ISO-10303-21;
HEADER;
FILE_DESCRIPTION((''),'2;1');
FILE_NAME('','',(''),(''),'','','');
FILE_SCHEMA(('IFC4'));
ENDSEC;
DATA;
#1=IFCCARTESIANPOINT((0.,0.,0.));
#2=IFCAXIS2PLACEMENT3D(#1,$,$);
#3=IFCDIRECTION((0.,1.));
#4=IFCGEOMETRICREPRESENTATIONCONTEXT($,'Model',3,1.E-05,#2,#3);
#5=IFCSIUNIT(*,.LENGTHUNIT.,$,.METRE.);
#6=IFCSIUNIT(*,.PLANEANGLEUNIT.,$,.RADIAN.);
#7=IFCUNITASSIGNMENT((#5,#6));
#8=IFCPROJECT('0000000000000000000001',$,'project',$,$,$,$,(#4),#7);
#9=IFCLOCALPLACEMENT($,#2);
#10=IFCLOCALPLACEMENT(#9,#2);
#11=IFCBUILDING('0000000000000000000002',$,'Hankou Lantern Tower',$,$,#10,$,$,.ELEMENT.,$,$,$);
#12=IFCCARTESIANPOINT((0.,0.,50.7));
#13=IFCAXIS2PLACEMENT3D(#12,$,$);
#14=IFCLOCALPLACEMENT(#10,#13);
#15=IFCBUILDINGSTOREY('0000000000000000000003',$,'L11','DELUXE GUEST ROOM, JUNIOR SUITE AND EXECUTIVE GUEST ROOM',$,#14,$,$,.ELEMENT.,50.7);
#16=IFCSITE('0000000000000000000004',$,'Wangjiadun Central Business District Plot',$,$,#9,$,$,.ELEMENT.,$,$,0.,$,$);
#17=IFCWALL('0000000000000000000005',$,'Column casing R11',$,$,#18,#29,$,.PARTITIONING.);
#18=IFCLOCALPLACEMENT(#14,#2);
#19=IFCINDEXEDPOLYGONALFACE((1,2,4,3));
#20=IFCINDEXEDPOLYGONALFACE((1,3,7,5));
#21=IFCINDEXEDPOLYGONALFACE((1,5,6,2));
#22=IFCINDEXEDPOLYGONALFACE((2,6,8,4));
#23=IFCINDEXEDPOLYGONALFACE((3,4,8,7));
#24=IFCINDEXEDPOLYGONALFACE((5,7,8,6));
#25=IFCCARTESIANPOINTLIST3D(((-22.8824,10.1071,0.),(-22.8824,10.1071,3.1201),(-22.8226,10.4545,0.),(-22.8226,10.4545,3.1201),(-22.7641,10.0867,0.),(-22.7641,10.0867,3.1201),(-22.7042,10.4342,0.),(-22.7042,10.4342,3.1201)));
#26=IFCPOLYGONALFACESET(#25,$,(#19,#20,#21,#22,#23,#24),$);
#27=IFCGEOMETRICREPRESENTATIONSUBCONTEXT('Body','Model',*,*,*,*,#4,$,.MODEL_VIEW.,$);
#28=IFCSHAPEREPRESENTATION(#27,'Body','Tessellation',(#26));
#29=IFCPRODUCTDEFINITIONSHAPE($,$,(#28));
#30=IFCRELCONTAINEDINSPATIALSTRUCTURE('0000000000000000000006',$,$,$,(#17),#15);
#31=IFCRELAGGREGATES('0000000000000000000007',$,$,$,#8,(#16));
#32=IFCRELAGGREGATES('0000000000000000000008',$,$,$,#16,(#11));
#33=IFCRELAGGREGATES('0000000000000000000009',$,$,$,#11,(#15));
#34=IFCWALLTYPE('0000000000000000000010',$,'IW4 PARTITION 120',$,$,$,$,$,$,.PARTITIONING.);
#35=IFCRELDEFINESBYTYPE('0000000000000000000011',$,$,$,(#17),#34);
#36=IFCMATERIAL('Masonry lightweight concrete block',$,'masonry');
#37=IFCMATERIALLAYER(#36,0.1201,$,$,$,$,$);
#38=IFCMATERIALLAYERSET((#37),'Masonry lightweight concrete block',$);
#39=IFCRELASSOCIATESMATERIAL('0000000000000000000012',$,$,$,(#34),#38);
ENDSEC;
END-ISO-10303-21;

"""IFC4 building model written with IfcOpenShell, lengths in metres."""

from ifc_helpers import new_model, si_unit, direction, frame, frame_2d, origin, place, context, subcontext, project, spatial, rectangle, extrude, material, layer, layer_set, type_object, element, save


model = new_model("IFC4")

# Units and contexts
model_context = context("Model", 3, precision=1e-05, world=origin(), true_north=direction((0.0, 1.0)))
body_context = subcontext(model_context, "Body", "Model", "MODEL_VIEW")
ifc_project = project(units=[si_unit("LENGTHUNIT", "METRE"), si_unit("PLANEANGLEUNIT", "RADIAN")], contexts=[model_context])

# Site, building, storey
site_placement = place(None, origin())
site = spatial("IfcSite", under=ifc_project, at=site_placement, Name="Wangjiadun Central Business District Plot", CompositionType="ELEMENT", RefElevation=0.0)
building_placement = place(site_placement, origin())
building = spatial("IfcBuilding", under=site, at=building_placement, Name="Hankou Lantern Tower", CompositionType="ELEMENT")
storey_placement = place(building_placement, frame((0.0, 0.0, 50.7)))
storey = spatial("IfcBuildingStorey", under=building, at=storey_placement, Name="L11", Description="DELUXE GUEST ROOM, JUNIOR SUITE AND EXECUTIVE GUEST ROOM", CompositionType="ELEMENT", Elevation=50.7)

# Wall
ifc_material_1 = material(Name="Masonry lightweight concrete block", Category="masonry")
ifc_layer_1 = layer(ifc_material_1, 0.1201)
ifc_layer_set_1 = layer_set([ifc_layer_1], Name="Masonry lightweight concrete block")
wall_type_1 = type_object("IfcWallType", Name="IW4 PARTITION 120", PredefinedType="PARTITIONING", material=ifc_layer_set_1)
wall_1_placement = place(storey_placement, frame((-22.8232, 10.0969, 0.0), z_axis=(0.0, 0.0, 1.0), x_axis=(0.169675, 0.9855, 0.0)))
element("IfcWall", 1, at=wall_1_placement, inside=storey, type_object=wall_type_1, Name="Column casing R11", PredefinedType="PARTITIONING", context=body_context, shape_type="SweptSolid", body=[
    extrude(rectangle(XDim=0.3525, YDim=0.1201, at=frame_2d((0.1763, 0.0))), origin(), (0.0, 0.0, 1.0), 3.1201),
])

save(model, "model.ifc")
